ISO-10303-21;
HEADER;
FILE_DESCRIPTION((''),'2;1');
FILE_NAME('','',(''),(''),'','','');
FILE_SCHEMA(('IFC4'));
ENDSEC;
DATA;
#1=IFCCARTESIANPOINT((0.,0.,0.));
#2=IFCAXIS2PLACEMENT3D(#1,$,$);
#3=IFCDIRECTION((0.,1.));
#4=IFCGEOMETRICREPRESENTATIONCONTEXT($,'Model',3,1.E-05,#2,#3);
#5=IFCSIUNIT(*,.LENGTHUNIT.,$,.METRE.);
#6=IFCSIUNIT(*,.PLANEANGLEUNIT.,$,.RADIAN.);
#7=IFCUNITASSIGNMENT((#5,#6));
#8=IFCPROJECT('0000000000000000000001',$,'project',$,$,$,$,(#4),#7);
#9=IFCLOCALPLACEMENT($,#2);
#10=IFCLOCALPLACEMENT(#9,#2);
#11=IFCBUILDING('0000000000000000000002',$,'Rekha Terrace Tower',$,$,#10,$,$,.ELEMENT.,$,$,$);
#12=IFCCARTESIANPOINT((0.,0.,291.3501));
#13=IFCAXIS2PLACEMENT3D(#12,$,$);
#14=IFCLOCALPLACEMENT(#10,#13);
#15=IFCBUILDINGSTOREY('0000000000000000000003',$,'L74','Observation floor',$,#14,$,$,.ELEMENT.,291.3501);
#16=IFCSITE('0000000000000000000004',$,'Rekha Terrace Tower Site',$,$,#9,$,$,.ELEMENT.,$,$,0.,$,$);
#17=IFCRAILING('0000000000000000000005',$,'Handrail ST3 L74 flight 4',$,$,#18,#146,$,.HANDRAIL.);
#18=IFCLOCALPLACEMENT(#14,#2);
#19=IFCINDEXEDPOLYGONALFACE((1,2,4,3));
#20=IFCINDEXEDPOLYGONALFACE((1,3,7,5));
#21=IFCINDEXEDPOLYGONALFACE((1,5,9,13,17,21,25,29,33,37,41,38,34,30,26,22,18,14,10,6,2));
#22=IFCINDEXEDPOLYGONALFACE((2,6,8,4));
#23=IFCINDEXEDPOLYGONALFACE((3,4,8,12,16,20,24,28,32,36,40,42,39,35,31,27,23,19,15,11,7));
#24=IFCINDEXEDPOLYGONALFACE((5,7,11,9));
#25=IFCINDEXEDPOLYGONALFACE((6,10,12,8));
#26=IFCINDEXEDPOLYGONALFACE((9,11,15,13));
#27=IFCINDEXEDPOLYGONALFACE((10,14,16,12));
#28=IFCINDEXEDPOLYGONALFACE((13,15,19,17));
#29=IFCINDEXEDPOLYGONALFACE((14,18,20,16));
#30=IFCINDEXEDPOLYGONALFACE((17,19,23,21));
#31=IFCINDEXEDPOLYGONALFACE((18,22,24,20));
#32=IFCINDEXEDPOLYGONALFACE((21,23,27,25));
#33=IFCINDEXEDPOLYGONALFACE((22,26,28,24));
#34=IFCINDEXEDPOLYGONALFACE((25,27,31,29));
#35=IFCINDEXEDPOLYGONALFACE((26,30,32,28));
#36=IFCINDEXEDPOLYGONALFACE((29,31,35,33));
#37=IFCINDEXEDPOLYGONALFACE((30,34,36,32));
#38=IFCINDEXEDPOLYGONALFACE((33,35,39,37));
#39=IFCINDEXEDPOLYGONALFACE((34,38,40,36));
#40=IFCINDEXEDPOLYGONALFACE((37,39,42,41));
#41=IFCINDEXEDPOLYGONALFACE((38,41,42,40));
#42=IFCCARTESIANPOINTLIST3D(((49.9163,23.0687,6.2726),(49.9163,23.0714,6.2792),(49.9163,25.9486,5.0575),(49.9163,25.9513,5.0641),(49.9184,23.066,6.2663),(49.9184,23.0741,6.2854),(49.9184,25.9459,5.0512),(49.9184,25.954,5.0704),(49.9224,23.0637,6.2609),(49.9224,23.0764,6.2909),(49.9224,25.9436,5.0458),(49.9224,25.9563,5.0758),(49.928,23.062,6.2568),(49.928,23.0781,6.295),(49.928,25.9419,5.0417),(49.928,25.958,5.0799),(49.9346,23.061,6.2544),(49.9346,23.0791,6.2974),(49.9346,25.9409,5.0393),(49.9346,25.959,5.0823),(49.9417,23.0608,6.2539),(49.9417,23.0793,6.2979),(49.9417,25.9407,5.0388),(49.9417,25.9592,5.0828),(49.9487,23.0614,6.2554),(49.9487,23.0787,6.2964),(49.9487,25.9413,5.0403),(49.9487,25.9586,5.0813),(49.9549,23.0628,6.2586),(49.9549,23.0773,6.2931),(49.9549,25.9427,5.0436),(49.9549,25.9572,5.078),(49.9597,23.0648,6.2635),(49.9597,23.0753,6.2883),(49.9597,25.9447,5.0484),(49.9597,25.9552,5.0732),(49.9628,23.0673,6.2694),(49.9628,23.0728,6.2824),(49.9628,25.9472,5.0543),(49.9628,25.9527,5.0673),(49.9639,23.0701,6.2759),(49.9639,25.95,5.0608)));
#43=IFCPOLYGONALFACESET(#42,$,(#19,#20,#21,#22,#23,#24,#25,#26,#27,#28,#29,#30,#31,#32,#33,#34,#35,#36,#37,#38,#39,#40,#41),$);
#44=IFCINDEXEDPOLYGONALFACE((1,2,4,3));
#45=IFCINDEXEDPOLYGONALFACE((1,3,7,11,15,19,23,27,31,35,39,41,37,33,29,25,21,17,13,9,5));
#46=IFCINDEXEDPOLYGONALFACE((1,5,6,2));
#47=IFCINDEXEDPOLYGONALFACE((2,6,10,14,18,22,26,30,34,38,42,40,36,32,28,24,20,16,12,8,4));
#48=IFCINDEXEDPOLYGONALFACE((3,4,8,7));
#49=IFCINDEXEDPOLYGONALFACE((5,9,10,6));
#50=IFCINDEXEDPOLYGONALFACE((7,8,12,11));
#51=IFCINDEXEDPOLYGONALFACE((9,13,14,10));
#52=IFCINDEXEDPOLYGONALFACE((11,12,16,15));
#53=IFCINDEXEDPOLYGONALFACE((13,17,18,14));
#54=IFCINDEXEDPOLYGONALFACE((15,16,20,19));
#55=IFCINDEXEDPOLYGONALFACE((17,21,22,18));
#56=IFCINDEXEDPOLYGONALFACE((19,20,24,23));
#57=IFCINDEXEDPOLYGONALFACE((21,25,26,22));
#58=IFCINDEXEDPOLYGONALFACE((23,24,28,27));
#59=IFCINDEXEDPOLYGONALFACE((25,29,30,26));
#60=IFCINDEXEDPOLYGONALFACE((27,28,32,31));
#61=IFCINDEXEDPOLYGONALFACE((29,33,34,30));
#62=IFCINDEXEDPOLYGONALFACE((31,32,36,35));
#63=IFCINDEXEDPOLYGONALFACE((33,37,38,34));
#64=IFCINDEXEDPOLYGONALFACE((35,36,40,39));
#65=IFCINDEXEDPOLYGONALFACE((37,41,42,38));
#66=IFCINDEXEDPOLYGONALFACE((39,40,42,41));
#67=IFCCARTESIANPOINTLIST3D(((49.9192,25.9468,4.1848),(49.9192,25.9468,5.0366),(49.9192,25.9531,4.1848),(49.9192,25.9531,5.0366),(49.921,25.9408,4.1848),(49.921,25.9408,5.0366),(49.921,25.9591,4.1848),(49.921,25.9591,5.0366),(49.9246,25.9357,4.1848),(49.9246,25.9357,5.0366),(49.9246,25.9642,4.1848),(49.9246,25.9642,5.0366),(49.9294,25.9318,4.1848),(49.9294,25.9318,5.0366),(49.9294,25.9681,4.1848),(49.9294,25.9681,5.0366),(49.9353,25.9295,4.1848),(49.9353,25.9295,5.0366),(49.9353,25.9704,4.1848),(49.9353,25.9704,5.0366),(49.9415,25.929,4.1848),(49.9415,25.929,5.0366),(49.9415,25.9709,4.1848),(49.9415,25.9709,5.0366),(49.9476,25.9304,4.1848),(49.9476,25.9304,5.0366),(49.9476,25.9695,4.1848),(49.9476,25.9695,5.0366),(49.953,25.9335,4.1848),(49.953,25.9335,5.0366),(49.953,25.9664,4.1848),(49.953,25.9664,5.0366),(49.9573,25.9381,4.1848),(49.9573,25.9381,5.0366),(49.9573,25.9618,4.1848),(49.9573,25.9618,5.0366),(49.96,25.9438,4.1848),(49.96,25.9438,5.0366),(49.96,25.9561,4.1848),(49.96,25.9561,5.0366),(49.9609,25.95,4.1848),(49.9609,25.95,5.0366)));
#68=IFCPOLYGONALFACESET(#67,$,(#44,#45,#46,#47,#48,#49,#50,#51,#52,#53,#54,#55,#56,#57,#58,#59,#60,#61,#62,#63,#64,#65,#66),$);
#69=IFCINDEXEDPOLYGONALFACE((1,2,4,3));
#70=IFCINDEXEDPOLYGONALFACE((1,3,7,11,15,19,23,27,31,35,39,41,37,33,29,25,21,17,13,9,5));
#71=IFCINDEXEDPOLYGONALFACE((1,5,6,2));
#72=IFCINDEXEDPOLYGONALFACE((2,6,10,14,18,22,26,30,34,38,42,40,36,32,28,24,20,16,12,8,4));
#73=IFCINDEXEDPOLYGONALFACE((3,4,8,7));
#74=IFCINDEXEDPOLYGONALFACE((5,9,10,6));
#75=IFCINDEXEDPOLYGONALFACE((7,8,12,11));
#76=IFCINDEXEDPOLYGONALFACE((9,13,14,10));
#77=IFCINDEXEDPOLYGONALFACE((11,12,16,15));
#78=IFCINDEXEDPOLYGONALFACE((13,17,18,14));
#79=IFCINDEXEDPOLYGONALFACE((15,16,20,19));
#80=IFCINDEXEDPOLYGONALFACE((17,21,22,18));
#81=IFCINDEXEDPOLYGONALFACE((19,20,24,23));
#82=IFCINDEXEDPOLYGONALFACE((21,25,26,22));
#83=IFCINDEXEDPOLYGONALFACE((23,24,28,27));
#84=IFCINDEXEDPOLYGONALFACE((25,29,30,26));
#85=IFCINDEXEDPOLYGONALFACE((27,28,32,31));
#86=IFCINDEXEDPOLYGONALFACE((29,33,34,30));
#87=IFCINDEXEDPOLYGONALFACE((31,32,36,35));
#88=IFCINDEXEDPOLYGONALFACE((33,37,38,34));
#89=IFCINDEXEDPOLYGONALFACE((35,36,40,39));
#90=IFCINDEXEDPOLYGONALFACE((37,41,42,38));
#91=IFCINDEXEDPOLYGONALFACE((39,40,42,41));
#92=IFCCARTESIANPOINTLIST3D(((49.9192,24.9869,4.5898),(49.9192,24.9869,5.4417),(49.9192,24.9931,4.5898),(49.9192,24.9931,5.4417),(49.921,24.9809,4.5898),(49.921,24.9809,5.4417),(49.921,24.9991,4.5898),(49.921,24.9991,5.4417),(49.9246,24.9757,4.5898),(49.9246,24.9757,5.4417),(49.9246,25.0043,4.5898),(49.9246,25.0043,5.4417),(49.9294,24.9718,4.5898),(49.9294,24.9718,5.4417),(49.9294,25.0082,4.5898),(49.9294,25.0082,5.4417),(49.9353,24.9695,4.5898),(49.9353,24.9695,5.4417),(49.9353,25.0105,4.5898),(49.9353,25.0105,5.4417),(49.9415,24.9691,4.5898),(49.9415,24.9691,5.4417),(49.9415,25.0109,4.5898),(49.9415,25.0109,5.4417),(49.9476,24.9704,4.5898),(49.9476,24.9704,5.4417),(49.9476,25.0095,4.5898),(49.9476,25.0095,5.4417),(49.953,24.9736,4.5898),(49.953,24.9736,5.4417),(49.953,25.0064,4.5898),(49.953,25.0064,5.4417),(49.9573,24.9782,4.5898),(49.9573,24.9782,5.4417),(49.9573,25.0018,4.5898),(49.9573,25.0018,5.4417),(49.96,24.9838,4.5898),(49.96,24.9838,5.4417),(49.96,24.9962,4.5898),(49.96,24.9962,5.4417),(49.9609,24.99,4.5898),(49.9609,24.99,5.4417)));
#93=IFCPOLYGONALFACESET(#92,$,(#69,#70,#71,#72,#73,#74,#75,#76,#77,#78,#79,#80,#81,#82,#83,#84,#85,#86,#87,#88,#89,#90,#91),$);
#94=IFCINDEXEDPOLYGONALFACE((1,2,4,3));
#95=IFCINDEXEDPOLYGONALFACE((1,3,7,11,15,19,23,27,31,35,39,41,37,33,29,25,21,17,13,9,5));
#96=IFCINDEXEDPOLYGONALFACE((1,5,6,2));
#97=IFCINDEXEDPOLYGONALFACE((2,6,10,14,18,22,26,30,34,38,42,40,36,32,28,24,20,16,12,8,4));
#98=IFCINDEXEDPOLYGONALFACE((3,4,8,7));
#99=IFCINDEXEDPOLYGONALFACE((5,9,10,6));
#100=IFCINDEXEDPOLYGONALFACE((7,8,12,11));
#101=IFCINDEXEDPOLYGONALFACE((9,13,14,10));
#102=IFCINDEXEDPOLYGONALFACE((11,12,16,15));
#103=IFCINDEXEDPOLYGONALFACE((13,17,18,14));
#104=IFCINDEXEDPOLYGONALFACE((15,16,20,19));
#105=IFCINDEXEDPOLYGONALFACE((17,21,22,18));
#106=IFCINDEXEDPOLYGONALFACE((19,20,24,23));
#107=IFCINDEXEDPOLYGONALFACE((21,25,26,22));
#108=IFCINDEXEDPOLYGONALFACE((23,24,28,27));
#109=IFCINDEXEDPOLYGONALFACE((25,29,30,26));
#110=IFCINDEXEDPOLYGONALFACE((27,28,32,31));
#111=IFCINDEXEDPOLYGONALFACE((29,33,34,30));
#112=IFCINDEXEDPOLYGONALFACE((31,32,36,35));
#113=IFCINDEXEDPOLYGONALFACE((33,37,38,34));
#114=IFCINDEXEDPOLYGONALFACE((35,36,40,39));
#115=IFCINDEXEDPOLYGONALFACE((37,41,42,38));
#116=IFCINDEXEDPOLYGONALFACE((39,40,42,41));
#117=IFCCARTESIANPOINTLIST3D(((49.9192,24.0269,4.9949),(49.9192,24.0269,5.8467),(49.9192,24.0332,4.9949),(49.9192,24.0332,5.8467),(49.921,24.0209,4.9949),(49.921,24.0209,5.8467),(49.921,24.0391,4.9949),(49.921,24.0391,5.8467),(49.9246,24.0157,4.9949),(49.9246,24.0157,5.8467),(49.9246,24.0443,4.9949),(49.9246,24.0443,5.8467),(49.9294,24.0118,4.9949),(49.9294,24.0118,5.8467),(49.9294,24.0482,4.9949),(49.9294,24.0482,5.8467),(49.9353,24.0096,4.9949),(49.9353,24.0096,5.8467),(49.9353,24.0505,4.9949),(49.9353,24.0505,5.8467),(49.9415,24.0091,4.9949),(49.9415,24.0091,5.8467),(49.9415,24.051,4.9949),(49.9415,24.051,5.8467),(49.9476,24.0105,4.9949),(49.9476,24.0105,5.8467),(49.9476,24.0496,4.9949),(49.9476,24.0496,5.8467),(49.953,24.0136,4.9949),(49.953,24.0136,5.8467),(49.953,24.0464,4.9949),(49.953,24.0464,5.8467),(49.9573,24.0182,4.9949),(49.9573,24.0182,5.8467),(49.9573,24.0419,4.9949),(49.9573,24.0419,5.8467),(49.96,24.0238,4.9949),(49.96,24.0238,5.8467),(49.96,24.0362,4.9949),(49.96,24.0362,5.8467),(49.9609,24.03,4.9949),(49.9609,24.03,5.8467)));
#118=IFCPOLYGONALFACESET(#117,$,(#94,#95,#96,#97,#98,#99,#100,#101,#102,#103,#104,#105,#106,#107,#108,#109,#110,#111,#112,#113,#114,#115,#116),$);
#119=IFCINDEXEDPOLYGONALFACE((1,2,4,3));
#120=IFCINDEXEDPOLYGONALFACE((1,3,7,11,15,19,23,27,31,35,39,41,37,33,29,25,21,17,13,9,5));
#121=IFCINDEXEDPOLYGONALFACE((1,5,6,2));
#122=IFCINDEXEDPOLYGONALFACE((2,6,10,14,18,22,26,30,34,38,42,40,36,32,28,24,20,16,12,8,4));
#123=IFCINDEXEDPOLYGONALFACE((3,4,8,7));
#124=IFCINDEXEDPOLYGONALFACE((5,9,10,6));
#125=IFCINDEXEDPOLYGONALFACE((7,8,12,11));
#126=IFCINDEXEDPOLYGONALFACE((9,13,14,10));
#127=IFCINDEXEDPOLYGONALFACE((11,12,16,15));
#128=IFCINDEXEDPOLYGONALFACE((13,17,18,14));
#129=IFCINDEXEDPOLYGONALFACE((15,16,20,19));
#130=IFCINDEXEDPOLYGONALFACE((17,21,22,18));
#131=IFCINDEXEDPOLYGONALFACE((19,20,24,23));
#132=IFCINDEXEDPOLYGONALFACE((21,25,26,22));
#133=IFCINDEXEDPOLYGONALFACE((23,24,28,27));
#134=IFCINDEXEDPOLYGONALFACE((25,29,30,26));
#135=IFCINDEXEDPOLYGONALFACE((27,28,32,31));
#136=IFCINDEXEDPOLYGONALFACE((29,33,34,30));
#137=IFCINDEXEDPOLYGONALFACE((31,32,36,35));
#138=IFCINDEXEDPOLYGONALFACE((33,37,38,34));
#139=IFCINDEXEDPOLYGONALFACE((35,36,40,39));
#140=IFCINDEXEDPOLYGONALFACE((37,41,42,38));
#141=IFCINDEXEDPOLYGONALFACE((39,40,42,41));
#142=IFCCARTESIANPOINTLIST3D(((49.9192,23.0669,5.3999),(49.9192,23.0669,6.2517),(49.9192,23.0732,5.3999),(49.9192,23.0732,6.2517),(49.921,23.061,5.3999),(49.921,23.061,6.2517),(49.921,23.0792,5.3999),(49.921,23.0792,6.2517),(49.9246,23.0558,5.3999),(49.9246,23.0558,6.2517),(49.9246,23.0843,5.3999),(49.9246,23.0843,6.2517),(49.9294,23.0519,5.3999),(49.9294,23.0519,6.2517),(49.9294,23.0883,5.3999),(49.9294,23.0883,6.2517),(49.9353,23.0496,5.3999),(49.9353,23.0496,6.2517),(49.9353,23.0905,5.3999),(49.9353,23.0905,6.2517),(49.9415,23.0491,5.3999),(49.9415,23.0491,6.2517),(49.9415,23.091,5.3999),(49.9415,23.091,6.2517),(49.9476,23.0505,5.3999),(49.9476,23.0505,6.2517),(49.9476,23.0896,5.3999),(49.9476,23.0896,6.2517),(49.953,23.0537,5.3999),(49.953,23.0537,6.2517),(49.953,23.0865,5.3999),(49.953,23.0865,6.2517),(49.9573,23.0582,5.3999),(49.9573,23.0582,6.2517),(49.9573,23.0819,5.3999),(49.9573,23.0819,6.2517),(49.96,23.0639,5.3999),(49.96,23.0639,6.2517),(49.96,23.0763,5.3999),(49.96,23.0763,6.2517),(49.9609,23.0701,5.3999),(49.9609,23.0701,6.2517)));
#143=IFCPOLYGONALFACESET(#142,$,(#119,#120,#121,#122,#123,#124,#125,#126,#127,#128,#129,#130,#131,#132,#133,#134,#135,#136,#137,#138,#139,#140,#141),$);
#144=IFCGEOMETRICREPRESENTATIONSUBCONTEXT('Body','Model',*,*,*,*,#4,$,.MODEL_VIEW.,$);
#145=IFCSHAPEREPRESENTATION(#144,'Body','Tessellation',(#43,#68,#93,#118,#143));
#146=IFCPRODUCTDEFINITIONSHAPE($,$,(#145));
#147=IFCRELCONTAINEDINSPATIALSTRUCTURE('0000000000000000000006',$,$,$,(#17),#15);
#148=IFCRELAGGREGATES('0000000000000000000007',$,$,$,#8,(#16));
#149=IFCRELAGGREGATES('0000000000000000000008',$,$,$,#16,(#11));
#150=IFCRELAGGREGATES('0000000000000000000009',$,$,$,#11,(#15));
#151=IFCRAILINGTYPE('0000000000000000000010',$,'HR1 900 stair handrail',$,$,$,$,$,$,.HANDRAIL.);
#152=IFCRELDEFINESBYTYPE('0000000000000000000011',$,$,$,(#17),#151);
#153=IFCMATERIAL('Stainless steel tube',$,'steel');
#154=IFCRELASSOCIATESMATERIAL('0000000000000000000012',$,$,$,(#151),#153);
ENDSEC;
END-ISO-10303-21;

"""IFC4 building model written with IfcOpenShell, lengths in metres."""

from ifc_helpers import new_model, si_unit, direction, frame, origin, origin_2d, place, context, subcontext, project, spatial, circle, extrude, material, type_object, element, save


model = new_model("IFC4")

# Units and contexts
model_context = context("Model", 3, precision=1e-05, world=origin(), true_north=direction((0.0, 1.0)))
body_context = subcontext(model_context, "Body", "Model", "MODEL_VIEW")
ifc_project = project(units=[si_unit("LENGTHUNIT", "METRE"), si_unit("PLANEANGLEUNIT", "RADIAN")], contexts=[model_context])

# Site, building, storey
site_placement = place(None, origin())
site = spatial("IfcSite", under=ifc_project, at=site_placement, Name="Rekha Terrace Tower Site", CompositionType="ELEMENT", RefElevation=0.0)
building_placement = place(site_placement, origin())
building = spatial("IfcBuilding", under=site, at=building_placement, Name="Rekha Terrace Tower", CompositionType="ELEMENT")
storey_placement = place(building_placement, frame((0.0, 0.0, 291.3501)))
storey = spatial("IfcBuildingStorey", under=building, at=storey_placement, Name="L74", Description="Observation floor", CompositionType="ELEMENT", Elevation=291.3501)

# Railing
ifc_material_1 = material(Name="Stainless steel tube", Category="steel")
railing_type_1 = type_object("IfcRailingType", Name="HR1 900 stair handrail", PredefinedType="HANDRAIL", material=ifc_material_1)
railing_1_placement = place(storey_placement, frame((49.9399, 25.95, 4.1848)))
element("IfcRailing", 1, at=railing_1_placement, inside=storey, type_object=railing_type_1, Name="Handrail ST3 L74 flight 4", PredefinedType="HANDRAIL", context=body_context, shape_type="SweptSolid", body=[
    extrude(circle(Radius=0.0239, at=origin_2d()), frame((0.0, 0.0, 0.876), z_axis=(0.0, -0.921348, 0.388738), x_axis=(1.0, 0.0, 0.0)), (0.0, 0.0, 1.0), 3.1257),
    extrude(circle(Radius=0.021, at=origin_2d()), origin(), (0.0, 0.0, 1.0), 0.8518),
    extrude(circle(Radius=0.021, at=origin_2d()), frame((0.0, -0.96, 0.405)), (0.0, 0.0, 1.0), 0.8518),
    extrude(circle(Radius=0.021, at=origin_2d()), frame((0.0, -1.9199, 0.8101)), (0.0, 0.0, 1.0), 0.8518),
    extrude(circle(Radius=0.021, at=origin_2d()), frame((0.0, -2.8799, 1.2151)), (0.0, 0.0, 1.0), 0.8518),
])

save(model, "model.ifc")
